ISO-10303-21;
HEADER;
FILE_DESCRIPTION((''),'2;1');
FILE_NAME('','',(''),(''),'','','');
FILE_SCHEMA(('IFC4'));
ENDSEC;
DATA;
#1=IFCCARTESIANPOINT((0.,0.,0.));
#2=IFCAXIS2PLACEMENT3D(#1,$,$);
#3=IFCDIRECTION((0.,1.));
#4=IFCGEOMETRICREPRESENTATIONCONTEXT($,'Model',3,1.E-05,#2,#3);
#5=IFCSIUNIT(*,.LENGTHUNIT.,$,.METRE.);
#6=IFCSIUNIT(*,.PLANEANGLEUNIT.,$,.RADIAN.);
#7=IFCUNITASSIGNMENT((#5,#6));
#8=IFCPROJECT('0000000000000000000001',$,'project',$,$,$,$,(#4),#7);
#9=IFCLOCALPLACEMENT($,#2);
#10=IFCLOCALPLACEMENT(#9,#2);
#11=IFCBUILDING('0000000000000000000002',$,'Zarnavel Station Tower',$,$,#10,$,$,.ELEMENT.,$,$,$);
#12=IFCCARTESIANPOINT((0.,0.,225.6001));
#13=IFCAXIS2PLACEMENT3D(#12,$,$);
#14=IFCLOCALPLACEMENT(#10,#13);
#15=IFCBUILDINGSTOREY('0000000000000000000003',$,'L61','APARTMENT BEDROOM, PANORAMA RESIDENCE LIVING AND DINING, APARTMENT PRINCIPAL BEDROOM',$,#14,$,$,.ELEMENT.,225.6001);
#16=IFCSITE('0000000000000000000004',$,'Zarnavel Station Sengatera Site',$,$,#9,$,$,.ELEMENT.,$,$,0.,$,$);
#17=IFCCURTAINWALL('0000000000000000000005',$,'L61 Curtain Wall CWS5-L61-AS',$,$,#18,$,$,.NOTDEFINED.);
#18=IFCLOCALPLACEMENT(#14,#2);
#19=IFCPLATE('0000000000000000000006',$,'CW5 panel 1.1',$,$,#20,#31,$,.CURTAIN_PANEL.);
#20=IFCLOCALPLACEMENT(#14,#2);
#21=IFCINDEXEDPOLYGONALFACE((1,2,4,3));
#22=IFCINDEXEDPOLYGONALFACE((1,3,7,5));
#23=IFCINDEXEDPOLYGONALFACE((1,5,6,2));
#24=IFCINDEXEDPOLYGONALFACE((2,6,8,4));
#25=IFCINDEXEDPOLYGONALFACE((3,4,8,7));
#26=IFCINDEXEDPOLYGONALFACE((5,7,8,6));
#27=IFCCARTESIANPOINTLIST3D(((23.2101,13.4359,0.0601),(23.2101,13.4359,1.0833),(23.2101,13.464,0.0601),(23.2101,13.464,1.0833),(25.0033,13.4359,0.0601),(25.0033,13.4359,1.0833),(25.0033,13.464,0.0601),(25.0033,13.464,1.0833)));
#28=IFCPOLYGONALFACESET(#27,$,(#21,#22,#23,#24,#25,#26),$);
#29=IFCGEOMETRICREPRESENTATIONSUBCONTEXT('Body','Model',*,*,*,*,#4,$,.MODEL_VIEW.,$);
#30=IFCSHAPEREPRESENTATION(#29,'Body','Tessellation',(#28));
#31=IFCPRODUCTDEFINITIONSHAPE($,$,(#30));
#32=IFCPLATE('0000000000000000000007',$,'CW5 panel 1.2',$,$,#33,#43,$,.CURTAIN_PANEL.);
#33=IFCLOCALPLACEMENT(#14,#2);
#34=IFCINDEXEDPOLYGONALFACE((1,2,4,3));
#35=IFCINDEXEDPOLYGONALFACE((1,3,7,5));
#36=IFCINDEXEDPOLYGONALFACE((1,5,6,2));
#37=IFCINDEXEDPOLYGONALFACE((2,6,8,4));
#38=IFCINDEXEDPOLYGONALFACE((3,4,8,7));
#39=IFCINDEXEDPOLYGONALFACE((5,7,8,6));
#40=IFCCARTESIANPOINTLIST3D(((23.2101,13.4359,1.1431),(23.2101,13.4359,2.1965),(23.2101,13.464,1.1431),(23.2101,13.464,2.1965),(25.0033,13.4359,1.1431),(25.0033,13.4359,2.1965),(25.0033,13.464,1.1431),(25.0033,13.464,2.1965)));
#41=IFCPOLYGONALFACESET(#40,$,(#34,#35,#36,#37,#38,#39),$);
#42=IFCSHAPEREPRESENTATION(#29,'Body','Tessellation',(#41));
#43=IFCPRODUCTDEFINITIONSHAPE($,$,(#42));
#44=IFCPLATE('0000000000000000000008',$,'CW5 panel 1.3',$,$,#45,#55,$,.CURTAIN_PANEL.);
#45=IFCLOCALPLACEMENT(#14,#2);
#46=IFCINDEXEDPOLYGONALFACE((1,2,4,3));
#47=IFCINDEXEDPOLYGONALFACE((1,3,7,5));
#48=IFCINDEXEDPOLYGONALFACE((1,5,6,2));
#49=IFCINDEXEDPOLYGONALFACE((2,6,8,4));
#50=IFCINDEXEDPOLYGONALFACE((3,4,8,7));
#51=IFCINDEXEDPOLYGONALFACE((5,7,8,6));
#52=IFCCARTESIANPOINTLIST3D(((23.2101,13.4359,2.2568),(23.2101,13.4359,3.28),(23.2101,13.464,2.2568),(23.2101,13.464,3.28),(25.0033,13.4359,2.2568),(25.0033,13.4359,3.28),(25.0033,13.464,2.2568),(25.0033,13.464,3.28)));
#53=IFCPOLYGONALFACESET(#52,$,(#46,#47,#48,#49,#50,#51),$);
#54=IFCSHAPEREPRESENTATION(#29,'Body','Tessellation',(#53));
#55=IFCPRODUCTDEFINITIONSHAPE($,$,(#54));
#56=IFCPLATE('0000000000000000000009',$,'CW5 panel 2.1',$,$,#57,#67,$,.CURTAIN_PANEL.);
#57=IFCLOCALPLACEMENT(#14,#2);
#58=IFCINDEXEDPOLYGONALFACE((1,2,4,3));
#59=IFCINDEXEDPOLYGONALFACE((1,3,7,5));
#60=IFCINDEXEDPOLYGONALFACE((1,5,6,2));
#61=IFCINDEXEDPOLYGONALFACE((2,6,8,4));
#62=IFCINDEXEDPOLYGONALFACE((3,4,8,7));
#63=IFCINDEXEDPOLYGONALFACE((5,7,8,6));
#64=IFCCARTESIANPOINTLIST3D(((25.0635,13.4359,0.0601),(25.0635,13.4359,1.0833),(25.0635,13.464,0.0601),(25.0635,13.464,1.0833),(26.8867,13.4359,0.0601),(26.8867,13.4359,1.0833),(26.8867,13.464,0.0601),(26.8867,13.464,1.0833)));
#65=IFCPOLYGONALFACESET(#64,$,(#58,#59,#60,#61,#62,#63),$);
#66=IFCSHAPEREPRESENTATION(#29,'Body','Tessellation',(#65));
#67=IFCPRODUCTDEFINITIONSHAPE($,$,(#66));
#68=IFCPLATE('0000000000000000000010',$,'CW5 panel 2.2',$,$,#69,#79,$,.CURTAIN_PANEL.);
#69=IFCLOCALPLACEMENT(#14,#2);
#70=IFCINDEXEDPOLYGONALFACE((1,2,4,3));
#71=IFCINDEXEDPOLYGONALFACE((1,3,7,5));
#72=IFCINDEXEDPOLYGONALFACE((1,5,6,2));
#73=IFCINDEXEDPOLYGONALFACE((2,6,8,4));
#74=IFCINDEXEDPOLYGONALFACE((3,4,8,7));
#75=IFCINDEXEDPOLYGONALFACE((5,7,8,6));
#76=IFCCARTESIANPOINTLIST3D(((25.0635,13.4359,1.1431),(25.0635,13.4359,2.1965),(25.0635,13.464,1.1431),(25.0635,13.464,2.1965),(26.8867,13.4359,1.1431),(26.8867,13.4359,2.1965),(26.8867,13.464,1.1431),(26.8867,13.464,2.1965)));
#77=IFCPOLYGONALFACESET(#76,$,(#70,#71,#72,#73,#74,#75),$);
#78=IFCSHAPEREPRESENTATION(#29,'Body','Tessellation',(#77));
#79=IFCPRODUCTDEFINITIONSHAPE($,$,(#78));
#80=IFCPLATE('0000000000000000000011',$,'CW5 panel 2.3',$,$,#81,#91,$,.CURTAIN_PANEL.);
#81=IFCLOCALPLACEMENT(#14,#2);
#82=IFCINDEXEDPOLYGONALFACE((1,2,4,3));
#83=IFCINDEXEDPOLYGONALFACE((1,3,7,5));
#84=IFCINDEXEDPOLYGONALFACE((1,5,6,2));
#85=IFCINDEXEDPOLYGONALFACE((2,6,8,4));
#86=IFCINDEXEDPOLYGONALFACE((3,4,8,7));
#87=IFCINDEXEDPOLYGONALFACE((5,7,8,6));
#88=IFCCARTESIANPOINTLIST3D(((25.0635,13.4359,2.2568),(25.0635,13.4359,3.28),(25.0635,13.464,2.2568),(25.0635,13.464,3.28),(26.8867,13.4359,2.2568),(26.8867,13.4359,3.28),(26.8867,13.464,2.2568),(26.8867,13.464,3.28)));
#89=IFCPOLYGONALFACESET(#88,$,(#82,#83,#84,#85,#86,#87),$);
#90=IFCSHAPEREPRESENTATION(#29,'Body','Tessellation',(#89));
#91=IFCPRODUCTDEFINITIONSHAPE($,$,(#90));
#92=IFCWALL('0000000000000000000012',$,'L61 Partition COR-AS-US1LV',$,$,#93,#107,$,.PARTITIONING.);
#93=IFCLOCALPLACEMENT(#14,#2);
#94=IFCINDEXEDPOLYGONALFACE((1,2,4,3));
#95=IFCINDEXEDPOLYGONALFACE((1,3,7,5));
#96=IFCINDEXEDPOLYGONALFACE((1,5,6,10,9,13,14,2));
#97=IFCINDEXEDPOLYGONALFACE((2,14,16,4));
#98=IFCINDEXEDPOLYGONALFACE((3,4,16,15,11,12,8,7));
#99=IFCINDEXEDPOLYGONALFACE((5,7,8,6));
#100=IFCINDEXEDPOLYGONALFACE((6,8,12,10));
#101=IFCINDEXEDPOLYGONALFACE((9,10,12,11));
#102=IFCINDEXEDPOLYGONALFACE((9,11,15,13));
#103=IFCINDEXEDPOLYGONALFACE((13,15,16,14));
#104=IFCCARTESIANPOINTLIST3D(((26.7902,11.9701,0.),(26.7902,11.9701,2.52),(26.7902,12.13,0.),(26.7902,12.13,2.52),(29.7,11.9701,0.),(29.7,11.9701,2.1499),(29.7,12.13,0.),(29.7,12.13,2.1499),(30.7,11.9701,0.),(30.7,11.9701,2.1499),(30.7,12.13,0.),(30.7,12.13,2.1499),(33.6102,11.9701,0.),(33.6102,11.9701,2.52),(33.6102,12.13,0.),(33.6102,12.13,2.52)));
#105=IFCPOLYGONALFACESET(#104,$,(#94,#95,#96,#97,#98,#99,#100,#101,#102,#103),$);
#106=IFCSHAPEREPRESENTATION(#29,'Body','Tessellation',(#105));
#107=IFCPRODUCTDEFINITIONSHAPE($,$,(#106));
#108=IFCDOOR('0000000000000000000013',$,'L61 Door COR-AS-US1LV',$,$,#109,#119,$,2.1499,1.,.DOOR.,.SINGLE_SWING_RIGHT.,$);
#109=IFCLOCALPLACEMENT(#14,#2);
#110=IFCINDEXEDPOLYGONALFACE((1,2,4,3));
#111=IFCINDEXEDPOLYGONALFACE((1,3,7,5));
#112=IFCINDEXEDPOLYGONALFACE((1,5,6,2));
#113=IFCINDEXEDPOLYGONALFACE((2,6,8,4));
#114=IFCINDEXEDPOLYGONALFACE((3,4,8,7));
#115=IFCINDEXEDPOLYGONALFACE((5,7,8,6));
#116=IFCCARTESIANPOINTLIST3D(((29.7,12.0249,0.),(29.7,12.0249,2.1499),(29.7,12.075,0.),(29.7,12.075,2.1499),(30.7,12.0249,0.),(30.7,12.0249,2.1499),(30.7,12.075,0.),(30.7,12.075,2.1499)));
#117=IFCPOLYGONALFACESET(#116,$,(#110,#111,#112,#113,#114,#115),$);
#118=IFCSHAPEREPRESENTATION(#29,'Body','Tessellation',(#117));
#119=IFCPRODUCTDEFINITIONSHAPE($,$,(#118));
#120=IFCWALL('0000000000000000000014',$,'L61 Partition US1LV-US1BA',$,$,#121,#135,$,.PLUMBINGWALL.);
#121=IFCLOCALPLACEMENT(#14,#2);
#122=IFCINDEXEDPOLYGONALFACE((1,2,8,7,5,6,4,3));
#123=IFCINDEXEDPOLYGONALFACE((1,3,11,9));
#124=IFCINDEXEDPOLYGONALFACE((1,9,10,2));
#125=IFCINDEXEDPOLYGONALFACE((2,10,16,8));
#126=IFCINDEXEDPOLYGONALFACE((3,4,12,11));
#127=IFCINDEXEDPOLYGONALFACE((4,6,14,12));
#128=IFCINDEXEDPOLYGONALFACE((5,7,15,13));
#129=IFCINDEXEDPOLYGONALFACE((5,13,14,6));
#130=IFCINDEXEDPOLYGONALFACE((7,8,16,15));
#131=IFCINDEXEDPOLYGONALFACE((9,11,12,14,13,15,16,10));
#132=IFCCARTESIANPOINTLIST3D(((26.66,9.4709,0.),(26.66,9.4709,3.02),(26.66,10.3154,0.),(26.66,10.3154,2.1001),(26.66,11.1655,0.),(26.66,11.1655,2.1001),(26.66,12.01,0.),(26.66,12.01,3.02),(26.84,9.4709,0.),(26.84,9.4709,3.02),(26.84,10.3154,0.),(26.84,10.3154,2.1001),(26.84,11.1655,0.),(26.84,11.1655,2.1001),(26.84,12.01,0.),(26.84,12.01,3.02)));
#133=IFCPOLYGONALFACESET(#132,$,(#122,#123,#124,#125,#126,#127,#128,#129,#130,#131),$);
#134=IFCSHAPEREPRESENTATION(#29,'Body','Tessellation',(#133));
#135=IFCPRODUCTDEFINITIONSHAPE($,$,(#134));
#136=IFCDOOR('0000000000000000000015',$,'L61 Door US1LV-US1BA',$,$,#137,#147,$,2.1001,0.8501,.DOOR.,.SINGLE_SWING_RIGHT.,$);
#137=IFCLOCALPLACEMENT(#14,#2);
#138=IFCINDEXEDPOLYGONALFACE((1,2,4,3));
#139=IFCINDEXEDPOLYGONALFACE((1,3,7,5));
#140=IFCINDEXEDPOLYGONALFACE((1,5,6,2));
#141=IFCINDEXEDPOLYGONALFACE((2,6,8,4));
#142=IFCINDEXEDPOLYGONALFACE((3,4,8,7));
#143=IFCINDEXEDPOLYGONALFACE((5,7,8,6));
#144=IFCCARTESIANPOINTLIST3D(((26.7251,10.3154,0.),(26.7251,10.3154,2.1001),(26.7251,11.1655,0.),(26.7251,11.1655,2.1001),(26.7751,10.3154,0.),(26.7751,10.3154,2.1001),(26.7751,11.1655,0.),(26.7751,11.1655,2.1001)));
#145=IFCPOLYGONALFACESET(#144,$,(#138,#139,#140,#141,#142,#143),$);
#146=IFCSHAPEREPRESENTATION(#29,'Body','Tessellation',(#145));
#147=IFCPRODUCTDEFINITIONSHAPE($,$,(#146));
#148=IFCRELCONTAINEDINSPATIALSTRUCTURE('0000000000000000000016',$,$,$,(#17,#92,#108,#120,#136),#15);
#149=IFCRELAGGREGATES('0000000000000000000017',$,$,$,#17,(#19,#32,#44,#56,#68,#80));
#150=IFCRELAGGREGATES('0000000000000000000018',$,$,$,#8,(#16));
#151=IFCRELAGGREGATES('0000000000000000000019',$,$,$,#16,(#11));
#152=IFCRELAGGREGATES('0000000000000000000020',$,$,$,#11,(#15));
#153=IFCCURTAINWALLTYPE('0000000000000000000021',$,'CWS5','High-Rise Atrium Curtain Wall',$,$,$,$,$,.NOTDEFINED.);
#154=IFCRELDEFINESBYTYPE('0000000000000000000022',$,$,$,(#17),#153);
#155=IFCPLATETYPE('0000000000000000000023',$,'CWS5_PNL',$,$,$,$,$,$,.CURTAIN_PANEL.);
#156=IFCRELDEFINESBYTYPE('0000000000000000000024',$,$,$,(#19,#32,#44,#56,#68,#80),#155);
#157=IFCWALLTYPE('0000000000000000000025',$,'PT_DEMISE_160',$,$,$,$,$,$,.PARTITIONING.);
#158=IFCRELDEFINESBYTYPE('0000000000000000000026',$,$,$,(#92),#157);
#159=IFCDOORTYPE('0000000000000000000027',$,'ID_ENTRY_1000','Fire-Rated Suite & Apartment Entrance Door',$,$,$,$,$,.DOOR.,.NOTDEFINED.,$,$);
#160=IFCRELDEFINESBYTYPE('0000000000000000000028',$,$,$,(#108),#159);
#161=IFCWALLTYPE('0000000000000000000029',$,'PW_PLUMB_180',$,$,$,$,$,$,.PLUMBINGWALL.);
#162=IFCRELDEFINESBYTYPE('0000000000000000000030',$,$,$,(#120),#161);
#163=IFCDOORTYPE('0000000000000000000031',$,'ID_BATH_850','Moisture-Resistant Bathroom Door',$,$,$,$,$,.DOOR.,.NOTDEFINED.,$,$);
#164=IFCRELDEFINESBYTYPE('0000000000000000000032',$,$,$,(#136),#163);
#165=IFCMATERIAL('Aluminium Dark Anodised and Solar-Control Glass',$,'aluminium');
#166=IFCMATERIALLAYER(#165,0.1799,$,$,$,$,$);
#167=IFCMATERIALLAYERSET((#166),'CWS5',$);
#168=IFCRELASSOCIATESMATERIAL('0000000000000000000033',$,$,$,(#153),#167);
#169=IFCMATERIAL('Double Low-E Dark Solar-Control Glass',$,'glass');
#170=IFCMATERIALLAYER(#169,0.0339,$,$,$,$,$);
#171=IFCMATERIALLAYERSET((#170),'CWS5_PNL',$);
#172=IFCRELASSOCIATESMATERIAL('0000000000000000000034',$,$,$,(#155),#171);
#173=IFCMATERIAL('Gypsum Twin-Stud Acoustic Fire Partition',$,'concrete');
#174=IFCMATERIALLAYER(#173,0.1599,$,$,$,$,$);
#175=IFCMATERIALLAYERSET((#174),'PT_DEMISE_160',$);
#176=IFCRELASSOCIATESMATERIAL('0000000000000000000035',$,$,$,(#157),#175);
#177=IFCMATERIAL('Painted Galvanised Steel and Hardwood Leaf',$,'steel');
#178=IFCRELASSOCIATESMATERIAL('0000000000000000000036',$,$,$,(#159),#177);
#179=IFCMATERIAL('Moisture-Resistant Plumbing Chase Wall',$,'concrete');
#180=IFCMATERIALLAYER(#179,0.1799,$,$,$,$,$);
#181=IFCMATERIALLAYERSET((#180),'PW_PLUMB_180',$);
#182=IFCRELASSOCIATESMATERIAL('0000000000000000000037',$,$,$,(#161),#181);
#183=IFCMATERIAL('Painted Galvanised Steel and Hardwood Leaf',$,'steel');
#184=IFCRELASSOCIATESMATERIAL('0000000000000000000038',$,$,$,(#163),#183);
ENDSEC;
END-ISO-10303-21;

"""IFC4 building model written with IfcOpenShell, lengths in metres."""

from ifc_helpers import new_model, si_unit, direction, frame, frame_2d, origin, origin_2d, place, context, subcontext, project, spatial, rectangle, extrude, material, layer, layer_set, type_object, element, fill, aggregate, save


model = new_model("IFC4")

# Units and contexts
model_context = context("Model", 3, precision=1e-05, world=origin(), true_north=direction((0.0, 1.0)))
body_context = subcontext(model_context, "Body", "Model", "MODEL_VIEW")
ifc_project = project(units=[si_unit("LENGTHUNIT", "METRE"), si_unit("PLANEANGLEUNIT", "RADIAN")], contexts=[model_context])

# Site, building, storey
site_placement = place(None, origin())
site = spatial("IfcSite", under=ifc_project, at=site_placement, Name="Zarnavel Station Sengatera Site", CompositionType="ELEMENT", RefElevation=0.0)
building_placement = place(site_placement, origin())
building = spatial("IfcBuilding", under=site, at=building_placement, Name="Zarnavel Station Tower", CompositionType="ELEMENT")
storey_placement = place(building_placement, frame((0.0, 0.0, 225.6001)))
storey = spatial("IfcBuildingStorey", under=building, at=storey_placement, Name="L61", Description="APARTMENT BEDROOM, PANORAMA RESIDENCE LIVING AND DINING, APARTMENT PRINCIPAL BEDROOM", CompositionType="ELEMENT", Elevation=225.6001)

# Curtain wall, plates
ifc_material_1 = material(Name="Aluminium Dark Anodised and Solar-Control Glass", Category="aluminium")
ifc_layer_1 = layer(ifc_material_1, 0.1799)
ifc_layer_set_1 = layer_set([ifc_layer_1], Name="CWS5")
curtain_wall_type = type_object("IfcCurtainWallType", Name="CWS5", Description="High-Rise Atrium Curtain Wall", PredefinedType="NOTDEFINED", material=ifc_layer_set_1)
curtain_wall_placement = place(storey_placement, origin())
curtain_wall = element("IfcCurtainWall", 1, at=curtain_wall_placement, inside=storey, type_object=curtain_wall_type, Name="L61 Curtain Wall CWS5-L61-AS", PredefinedType="NOTDEFINED")
ifc_material_2 = material(Name="Double Low-E Dark Solar-Control Glass", Category="glass")
ifc_layer_2 = layer(ifc_material_2, 0.0339)
ifc_layer_set_2 = layer_set([ifc_layer_2], Name="CWS5_PNL")
plate_type = type_object("IfcPlateType", Name="CWS5_PNL", PredefinedType="CURTAIN_PANEL", material=ifc_layer_set_2)
plate_1_placement = place(storey_placement, frame((24.1067, 13.45, 0.0601), z_axis=(0.0, 0.0, 1.0), x_axis=(1.0, 0.0, 0.0)))
plate_1 = element("IfcPlate", 2, at=plate_1_placement, type_object=plate_type, Name="CW5 panel 1.1", PredefinedType="CURTAIN_PANEL", context=body_context, shape_type="SweptSolid", body=[
    extrude(rectangle(XDim=1.7932, YDim=0.0281, at=origin_2d()), origin(), (0.0, 0.0, 1.0), 1.0232),
])
plate_2_placement = place(storey_placement, frame((24.1067, 13.45, 1.1431), z_axis=(0.0, 0.0, 1.0), x_axis=(1.0, 0.0, 0.0)))
plate_2 = element("IfcPlate", 3, at=plate_2_placement, type_object=plate_type, Name="CW5 panel 1.2", PredefinedType="CURTAIN_PANEL", context=body_context, shape_type="SweptSolid", body=[
    extrude(rectangle(XDim=1.7932, YDim=0.0281, at=origin_2d()), origin(), (0.0, 0.0, 1.0), 1.0535),
])
plate_3_placement = place(storey_placement, frame((24.1067, 13.45, 2.2568), z_axis=(0.0, 0.0, 1.0), x_axis=(1.0, 0.0, 0.0)))
plate_3 = element("IfcPlate", 4, at=plate_3_placement, type_object=plate_type, Name="CW5 panel 1.3", PredefinedType="CURTAIN_PANEL", context=body_context, shape_type="SweptSolid", body=[
    extrude(rectangle(XDim=1.7932, YDim=0.0281, at=origin_2d()), origin(), (0.0, 0.0, 1.0), 1.0232),
])
plate_4_placement = place(storey_placement, frame((25.9751, 13.45, 0.0601), z_axis=(0.0, 0.0, 1.0), x_axis=(1.0, 0.0, 0.0)))
plate_4 = element("IfcPlate", 5, at=plate_4_placement, type_object=plate_type, Name="CW5 panel 2.1", PredefinedType="CURTAIN_PANEL", context=body_context, shape_type="SweptSolid", body=[
    extrude(rectangle(XDim=1.8232, YDim=0.0281, at=origin_2d()), origin(), (0.0, 0.0, 1.0), 1.0232),
])
plate_5_placement = place(storey_placement, frame((25.9751, 13.45, 1.1431), z_axis=(0.0, 0.0, 1.0), x_axis=(1.0, 0.0, 0.0)))
plate_5 = element("IfcPlate", 6, at=plate_5_placement, type_object=plate_type, Name="CW5 panel 2.2", PredefinedType="CURTAIN_PANEL", context=body_context, shape_type="SweptSolid", body=[
    extrude(rectangle(XDim=1.8232, YDim=0.0281, at=origin_2d()), origin(), (0.0, 0.0, 1.0), 1.0535),
])
plate_6_placement = place(storey_placement, frame((25.9751, 13.45, 2.2568), z_axis=(0.0, 0.0, 1.0), x_axis=(1.0, 0.0, 0.0)))
plate_6 = element("IfcPlate", 7, at=plate_6_placement, type_object=plate_type, Name="CW5 panel 2.3", PredefinedType="CURTAIN_PANEL", context=body_context, shape_type="SweptSolid", body=[
    extrude(rectangle(XDim=1.8232, YDim=0.0281, at=origin_2d()), origin(), (0.0, 0.0, 1.0), 1.0232),
])
aggregate(curtain_wall, [plate_1, plate_2, plate_3, plate_4, plate_5, plate_6])

# Walls, openings, doors
ifc_material_3 = material(Name="Gypsum Twin-Stud Acoustic Fire Partition", Category="concrete")
ifc_layer_3 = layer(ifc_material_3, 0.1599)
ifc_layer_set_3 = layer_set([ifc_layer_3], Name="PT_DEMISE_160")
wall_type_1 = type_object("IfcWallType", Name="PT_DEMISE_160", PredefinedType="PARTITIONING", material=ifc_layer_set_3)
wall_1_placement = place(storey_placement, frame((26.79, 12.05, 0.0), z_axis=(0.0, 0.0, 1.0), x_axis=(1.0, 0.0, 0.0)))
wall_1 = element("IfcWall", 8, at=wall_1_placement, inside=storey, type_object=wall_type_1, Name="L61 Partition COR-AS-US1LV", PredefinedType="PARTITIONING", context=body_context, shape_type="SweptSolid", body=[
    extrude(rectangle(XDim=6.8201, YDim=0.1599, at=frame_2d((3.4102, 0.0))), origin(), (0.0, 0.0, 1.0), 2.52),
])
opening_1_placement = place(wall_1_placement, frame((2.9099, 0.0, 0.0)))
opening_1 = element("IfcOpeningElement", 9, at=opening_1_placement, cuts=wall_1, PredefinedType="OPENING", context=body_context, shape_type="SweptSolid", body=[
    extrude(rectangle(XDim=1.0, YDim=2.1499, at=frame_2d((0.5, 1.075))), frame((0.0, 0.0898, 0.0), z_axis=(0.0, -1.0, 0.0), x_axis=(1.0, 0.0, 0.0)), (0.0, 0.0, 1.0), 0.1799),
])
ifc_material_4 = material(Name="Painted Galvanised Steel and Hardwood Leaf", Category="steel")
door_type_1 = type_object("IfcDoorType", Name="ID_ENTRY_1000", Description="Fire-Rated Suite & Apartment Entrance Door", OperationType="NOTDEFINED", PredefinedType="DOOR", material=ifc_material_4)
door_1_placement = place(opening_1_placement, origin())
door_1 = element("IfcDoor", 10, at=door_1_placement, inside=storey, type_object=door_type_1, Name="L61 Door COR-AS-US1LV", OperationType="SINGLE_SWING_RIGHT", OverallHeight=2.1499, OverallWidth=1.0, PredefinedType="DOOR", context=body_context, shape_type="SweptSolid", body=[
    extrude(rectangle(XDim=1.0, YDim=2.1499, at=frame_2d((0.5, 1.075))), frame((0.0, 0.0249, 0.0), z_axis=(0.0, -1.0, 0.0), x_axis=(1.0, 0.0, 0.0)), (0.0, 0.0, 1.0), 0.05),
])
fill(opening_1, door_1)
ifc_material_5 = material(Name="Moisture-Resistant Plumbing Chase Wall", Category="concrete")
ifc_layer_4 = layer(ifc_material_5, 0.1799)
ifc_layer_set_4 = layer_set([ifc_layer_4], Name="PW_PLUMB_180")
wall_type_2 = type_object("IfcWallType", Name="PW_PLUMB_180", PredefinedType="PLUMBINGWALL", material=ifc_layer_set_4)
wall_2_placement = place(storey_placement, frame((26.75, 9.4709, 0.0), z_axis=(0.0, 0.0, 1.0), x_axis=(0.0, 1.0, 0.0)))
wall_2 = element("IfcWall", 11, at=wall_2_placement, inside=storey, type_object=wall_type_2, Name="L61 Partition US1LV-US1BA", PredefinedType="PLUMBINGWALL", context=body_context, shape_type="SweptSolid", body=[
    extrude(rectangle(XDim=2.5391, YDim=0.1799, at=frame_2d((1.2695, 0.0))), origin(), (0.0, 0.0, 1.0), 3.02),
])
opening_2_placement = place(wall_2_placement, frame((0.8445, 0.0, 0.0)))
opening_2 = element("IfcOpeningElement", 12, at=opening_2_placement, cuts=wall_2, PredefinedType="OPENING", context=body_context, shape_type="SweptSolid", body=[
    extrude(rectangle(XDim=0.8501, YDim=2.1001, at=frame_2d((0.425, 1.05))), frame((0.0, 0.0999, 0.0), z_axis=(0.0, -1.0, 0.0), x_axis=(1.0, 0.0, 0.0)), (0.0, 0.0, 1.0), 0.2),
])
ifc_material_6 = material(Name="Painted Galvanised Steel and Hardwood Leaf", Category="steel")
door_type_2 = type_object("IfcDoorType", Name="ID_BATH_850", Description="Moisture-Resistant Bathroom Door", OperationType="NOTDEFINED", PredefinedType="DOOR", material=ifc_material_6)
door_2_placement = place(opening_2_placement, origin())
door_2 = element("IfcDoor", 13, at=door_2_placement, inside=storey, type_object=door_type_2, Name="L61 Door US1LV-US1BA", OperationType="SINGLE_SWING_RIGHT", OverallHeight=2.1001, OverallWidth=0.8501, PredefinedType="DOOR", context=body_context, shape_type="SweptSolid", body=[
    extrude(rectangle(XDim=0.8501, YDim=2.1001, at=frame_2d((0.425, 1.05))), frame((0.0, 0.0249, 0.0), z_axis=(0.0, -1.0, 0.0), x_axis=(1.0, 0.0, 0.0)), (0.0, 0.0, 1.0), 0.05),
])
fill(opening_2, door_2)

save(model, "model.ifc")
